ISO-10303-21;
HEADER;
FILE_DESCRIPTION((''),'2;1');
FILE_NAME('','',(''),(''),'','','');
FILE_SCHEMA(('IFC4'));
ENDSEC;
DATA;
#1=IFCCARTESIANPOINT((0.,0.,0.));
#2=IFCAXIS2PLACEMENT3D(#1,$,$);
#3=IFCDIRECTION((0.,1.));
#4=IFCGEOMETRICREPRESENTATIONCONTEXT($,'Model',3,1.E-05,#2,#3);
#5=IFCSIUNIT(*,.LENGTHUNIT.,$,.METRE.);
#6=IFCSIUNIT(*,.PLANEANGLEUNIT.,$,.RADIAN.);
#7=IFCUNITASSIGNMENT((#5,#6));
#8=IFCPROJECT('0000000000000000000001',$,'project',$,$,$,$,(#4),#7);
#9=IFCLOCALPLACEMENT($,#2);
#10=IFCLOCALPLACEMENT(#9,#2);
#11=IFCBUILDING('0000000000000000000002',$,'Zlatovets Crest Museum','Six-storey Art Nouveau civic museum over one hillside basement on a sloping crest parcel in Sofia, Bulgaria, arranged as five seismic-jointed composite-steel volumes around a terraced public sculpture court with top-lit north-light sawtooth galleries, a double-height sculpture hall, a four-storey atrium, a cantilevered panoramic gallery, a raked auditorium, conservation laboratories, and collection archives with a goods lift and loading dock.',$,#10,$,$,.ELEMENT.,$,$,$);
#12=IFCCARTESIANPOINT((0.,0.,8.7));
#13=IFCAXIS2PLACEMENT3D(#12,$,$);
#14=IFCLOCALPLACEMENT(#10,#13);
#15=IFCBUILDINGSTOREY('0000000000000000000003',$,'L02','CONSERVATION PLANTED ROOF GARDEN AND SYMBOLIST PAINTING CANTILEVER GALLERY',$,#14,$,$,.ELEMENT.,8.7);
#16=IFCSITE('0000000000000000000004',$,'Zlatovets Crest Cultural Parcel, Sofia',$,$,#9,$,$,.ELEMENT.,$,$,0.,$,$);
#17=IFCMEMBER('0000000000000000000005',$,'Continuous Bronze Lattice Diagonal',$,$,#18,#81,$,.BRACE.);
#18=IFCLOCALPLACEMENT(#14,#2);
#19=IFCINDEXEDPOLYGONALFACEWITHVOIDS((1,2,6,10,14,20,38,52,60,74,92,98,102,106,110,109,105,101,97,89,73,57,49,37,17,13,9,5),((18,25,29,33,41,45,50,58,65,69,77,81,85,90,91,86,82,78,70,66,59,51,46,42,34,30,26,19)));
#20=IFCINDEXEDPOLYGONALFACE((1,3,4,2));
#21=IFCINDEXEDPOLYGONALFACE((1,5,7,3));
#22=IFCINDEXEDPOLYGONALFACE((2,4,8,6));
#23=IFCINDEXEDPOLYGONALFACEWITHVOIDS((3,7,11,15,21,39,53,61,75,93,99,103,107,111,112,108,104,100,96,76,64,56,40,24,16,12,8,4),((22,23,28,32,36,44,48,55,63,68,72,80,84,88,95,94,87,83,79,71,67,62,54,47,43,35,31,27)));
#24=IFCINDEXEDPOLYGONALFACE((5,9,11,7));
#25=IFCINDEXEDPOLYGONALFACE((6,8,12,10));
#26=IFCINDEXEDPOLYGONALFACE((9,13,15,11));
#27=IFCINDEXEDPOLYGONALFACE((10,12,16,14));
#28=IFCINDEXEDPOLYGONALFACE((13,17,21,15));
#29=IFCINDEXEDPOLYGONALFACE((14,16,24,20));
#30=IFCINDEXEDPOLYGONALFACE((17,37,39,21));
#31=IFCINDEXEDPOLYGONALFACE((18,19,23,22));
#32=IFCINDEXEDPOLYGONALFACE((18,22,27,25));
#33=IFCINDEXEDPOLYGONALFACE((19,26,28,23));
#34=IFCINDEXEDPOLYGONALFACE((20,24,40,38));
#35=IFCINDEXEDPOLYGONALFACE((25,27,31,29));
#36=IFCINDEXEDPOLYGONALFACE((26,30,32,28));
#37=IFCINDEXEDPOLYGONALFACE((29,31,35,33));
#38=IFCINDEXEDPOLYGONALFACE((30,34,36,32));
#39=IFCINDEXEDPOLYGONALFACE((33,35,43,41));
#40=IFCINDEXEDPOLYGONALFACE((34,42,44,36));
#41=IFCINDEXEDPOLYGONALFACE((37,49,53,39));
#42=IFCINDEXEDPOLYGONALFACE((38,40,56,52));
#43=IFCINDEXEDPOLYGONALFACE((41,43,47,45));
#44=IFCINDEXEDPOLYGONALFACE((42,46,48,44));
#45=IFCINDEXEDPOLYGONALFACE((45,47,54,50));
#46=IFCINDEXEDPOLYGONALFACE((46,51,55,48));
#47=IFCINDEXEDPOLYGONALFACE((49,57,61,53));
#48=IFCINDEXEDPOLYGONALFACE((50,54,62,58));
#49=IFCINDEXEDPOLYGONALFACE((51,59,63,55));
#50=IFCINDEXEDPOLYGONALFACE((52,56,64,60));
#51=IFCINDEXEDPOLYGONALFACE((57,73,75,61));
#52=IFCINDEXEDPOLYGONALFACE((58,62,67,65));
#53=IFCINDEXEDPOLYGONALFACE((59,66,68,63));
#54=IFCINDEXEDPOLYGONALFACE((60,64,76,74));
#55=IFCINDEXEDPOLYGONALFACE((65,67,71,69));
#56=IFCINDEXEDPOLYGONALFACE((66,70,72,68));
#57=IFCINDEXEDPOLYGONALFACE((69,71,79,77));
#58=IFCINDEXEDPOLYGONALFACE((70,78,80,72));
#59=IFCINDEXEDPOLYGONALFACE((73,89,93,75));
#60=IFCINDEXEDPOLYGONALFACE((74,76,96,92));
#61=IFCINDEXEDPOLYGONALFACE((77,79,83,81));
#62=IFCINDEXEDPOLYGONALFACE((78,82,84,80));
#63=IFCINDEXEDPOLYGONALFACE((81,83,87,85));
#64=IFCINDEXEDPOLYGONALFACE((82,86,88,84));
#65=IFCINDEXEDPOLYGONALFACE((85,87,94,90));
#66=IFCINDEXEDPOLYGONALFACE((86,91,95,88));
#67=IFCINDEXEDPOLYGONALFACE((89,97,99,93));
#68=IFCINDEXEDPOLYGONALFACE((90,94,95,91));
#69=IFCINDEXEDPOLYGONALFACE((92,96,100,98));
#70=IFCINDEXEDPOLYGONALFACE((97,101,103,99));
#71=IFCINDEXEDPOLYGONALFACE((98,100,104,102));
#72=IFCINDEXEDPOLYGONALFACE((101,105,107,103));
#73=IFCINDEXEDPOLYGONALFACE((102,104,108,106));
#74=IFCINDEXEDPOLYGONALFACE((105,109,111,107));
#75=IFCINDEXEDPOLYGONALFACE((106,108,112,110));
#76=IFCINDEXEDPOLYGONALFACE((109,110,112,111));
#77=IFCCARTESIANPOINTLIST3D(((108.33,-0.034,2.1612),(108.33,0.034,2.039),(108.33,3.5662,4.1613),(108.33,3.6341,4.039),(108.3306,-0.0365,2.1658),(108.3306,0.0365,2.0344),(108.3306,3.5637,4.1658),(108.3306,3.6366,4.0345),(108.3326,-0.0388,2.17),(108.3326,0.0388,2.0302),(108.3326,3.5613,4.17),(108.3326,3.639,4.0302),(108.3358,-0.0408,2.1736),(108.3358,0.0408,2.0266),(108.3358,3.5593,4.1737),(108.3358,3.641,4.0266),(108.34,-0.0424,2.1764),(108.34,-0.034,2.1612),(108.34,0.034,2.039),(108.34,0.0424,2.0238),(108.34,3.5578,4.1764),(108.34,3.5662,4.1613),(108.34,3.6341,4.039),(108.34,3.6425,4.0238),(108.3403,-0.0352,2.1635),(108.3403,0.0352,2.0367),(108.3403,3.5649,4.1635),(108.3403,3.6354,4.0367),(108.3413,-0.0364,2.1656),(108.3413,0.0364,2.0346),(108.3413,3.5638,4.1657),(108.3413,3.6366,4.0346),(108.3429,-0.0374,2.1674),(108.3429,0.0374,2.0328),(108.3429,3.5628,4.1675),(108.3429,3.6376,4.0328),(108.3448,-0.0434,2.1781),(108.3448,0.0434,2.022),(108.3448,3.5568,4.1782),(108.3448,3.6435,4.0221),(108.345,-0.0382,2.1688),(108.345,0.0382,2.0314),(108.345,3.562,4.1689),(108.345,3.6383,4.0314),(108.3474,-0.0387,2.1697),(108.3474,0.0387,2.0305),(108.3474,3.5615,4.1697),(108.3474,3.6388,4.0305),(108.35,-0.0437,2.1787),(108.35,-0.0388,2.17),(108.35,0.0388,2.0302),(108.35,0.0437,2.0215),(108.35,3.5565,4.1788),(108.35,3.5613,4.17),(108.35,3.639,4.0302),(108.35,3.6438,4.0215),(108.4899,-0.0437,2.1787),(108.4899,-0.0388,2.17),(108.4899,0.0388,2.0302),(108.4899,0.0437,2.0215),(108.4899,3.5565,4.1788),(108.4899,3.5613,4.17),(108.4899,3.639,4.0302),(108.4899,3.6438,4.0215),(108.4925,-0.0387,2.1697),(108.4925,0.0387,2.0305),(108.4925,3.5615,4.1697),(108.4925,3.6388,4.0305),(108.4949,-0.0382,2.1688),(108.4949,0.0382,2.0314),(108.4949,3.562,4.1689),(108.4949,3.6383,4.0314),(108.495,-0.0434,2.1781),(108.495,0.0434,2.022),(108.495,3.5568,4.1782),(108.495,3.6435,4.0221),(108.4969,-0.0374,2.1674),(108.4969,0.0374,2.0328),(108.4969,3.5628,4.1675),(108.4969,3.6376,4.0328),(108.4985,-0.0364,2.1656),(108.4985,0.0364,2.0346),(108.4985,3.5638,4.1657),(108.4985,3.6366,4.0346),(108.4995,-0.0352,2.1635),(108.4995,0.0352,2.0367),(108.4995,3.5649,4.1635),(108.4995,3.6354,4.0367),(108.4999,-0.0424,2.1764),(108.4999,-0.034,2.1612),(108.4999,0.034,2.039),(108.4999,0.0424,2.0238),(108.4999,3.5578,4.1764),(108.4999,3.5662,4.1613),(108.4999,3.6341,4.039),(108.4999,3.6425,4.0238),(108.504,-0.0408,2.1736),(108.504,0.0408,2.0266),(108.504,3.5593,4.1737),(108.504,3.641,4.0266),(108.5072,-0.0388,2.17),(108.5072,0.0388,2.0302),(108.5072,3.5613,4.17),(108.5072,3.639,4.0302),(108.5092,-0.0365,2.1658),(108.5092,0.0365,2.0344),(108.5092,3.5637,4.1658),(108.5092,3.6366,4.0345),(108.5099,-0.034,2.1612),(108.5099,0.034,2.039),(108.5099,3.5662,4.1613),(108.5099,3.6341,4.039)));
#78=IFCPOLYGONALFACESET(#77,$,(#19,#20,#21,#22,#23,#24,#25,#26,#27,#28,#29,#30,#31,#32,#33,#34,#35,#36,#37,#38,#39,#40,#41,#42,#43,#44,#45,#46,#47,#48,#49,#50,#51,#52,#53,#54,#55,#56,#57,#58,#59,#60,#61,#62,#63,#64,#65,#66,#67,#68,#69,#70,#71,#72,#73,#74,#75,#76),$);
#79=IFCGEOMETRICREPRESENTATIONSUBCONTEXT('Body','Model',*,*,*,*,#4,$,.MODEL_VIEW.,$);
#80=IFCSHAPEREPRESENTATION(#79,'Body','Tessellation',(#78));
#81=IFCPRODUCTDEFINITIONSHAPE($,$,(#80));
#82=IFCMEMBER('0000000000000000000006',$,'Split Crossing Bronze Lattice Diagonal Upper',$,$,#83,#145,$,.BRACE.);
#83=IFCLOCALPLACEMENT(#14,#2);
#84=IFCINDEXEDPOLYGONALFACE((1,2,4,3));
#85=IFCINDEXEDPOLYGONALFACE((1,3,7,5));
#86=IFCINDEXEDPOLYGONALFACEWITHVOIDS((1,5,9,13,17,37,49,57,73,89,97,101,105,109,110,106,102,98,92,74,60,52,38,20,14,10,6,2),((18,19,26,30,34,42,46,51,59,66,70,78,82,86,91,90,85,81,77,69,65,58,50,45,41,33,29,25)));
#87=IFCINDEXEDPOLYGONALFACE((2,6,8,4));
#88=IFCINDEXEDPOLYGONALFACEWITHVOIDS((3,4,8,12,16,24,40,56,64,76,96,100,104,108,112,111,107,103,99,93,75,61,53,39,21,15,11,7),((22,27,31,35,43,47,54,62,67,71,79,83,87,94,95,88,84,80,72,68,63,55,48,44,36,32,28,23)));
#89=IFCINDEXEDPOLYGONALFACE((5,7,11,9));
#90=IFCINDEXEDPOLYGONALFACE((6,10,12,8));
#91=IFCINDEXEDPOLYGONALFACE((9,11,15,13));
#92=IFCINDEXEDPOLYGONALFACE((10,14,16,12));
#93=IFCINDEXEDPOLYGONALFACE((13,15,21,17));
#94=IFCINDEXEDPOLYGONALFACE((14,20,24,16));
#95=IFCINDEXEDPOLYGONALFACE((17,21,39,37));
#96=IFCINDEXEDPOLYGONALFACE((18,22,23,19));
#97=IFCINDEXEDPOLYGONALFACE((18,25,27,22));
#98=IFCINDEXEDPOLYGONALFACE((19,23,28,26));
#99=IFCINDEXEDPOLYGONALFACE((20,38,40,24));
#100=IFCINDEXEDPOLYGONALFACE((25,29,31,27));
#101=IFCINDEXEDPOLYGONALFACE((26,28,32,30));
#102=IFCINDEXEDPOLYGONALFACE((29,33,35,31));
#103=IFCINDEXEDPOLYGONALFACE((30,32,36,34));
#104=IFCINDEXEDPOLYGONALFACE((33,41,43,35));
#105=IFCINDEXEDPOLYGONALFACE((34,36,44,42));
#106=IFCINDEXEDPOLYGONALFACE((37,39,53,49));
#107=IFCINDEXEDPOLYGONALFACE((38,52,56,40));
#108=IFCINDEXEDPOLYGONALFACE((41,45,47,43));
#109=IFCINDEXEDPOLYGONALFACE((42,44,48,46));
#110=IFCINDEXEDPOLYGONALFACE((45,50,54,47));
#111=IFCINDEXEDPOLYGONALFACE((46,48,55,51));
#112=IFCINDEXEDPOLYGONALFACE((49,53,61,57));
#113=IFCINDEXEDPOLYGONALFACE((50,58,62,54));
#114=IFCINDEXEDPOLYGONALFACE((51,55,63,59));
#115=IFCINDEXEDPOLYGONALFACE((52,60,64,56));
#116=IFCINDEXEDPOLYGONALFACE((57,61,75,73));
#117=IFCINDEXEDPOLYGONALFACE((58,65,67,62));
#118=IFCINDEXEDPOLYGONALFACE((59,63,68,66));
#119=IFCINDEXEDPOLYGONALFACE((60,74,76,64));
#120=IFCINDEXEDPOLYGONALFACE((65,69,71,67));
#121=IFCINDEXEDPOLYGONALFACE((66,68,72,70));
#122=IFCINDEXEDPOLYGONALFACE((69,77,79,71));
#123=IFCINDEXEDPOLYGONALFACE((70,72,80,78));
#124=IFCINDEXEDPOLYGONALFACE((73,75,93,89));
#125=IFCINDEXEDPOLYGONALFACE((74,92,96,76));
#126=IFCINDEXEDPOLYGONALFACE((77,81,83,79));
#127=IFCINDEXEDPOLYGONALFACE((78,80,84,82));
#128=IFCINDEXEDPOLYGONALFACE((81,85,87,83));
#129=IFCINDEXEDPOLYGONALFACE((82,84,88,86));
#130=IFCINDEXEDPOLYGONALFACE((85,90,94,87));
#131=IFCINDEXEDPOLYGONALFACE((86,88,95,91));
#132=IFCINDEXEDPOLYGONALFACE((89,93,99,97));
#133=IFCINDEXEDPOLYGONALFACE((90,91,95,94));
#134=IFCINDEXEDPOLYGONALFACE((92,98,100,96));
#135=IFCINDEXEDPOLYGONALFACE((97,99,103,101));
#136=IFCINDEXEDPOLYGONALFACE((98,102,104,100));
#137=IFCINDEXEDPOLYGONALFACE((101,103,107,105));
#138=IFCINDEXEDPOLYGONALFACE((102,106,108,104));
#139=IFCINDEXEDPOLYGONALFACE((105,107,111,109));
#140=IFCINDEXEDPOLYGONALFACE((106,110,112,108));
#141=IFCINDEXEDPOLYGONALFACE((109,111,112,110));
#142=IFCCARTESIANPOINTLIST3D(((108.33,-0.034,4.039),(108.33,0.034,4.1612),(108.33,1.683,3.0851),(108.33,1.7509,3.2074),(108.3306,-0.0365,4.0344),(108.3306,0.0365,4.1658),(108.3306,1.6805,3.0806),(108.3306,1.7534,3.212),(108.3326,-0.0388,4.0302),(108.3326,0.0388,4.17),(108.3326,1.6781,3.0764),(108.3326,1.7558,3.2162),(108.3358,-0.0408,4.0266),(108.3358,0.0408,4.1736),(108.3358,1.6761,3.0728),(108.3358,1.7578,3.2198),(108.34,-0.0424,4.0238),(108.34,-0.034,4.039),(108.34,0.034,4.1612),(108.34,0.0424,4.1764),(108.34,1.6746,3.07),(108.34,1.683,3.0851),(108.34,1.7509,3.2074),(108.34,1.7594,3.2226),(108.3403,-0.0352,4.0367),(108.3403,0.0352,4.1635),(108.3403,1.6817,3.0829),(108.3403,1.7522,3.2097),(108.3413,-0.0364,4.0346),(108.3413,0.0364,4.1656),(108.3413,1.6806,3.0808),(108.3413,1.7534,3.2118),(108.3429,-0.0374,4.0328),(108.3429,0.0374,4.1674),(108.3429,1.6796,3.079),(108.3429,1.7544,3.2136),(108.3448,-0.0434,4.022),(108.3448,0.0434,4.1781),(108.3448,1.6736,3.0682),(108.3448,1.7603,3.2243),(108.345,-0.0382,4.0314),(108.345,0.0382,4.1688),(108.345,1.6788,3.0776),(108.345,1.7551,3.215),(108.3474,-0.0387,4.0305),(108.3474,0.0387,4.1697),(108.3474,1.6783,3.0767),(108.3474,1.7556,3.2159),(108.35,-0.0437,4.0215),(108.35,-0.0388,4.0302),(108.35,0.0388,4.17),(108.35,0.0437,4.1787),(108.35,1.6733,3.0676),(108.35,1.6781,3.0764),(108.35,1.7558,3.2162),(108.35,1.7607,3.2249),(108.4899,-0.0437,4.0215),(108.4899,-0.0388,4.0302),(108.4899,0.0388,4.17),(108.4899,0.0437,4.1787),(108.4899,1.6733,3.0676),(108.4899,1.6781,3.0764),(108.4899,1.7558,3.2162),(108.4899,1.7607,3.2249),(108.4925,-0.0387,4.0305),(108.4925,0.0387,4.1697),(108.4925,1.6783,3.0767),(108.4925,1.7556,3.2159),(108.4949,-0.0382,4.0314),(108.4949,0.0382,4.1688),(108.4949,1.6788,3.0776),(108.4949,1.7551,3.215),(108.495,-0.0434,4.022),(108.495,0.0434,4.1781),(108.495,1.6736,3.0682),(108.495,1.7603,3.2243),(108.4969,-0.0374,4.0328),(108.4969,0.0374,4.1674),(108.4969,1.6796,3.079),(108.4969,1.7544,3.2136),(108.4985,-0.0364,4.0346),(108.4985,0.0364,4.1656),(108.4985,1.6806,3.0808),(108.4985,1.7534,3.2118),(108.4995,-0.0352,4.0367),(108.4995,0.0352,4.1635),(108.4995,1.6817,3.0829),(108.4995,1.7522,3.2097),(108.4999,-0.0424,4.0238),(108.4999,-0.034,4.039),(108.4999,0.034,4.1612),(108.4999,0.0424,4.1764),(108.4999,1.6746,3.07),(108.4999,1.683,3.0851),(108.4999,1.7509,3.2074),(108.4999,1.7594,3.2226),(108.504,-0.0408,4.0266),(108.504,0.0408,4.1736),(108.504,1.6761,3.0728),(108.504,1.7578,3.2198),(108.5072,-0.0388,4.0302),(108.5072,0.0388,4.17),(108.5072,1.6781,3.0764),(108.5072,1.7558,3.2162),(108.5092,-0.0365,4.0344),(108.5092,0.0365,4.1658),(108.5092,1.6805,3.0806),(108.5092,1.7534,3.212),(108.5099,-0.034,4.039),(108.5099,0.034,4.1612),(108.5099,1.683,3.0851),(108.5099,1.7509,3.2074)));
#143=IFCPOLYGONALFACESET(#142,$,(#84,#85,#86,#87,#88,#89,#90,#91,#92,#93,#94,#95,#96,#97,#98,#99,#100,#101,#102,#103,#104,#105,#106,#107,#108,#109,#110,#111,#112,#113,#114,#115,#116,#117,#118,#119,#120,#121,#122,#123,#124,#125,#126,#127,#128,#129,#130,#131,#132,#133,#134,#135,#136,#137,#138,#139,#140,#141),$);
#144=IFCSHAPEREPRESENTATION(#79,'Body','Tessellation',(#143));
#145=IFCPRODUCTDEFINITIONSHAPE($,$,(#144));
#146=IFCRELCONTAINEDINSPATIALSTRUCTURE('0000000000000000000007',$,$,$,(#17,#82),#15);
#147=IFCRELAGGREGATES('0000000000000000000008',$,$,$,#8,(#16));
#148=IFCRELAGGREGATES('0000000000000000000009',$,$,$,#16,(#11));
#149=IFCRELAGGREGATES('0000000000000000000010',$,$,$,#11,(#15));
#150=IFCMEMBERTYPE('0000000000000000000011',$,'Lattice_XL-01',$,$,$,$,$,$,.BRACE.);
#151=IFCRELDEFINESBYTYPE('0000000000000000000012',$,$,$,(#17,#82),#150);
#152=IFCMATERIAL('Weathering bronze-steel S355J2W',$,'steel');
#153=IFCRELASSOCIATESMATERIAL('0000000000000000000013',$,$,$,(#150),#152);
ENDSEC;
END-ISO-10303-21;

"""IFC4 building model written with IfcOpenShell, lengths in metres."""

from ifc_helpers import new_model, si_unit, direction, frame, origin, origin_2d, place, context, subcontext, project, spatial, hollow_rectangle, extrude, material, material_profile, profile_set, type_object, element, save


model = new_model("IFC4")

# Units and contexts
model_context = context("Model", 3, precision=1e-05, world=origin(), true_north=direction((0.0, 1.0)))
body_context = subcontext(model_context, "Body", "Model", "MODEL_VIEW")
ifc_project = project(units=[si_unit("LENGTHUNIT", "METRE"), si_unit("PLANEANGLEUNIT", "RADIAN")], contexts=[model_context])

# Site, building, storey
site_placement = place(None, origin())
site = spatial("IfcSite", under=ifc_project, at=site_placement, Name="Zlatovets Crest Cultural Parcel, Sofia", CompositionType="ELEMENT", RefElevation=0.0)
building_placement = place(site_placement, origin())
building = spatial("IfcBuilding", under=site, at=building_placement, Name="Zlatovets Crest Museum", Description="Six-storey Art Nouveau civic museum over one hillside basement on a sloping crest parcel in Sofia, Bulgaria, arranged as five seismic-jointed composite-steel volumes around a terraced public sculpture court with top-lit north-light sawtooth galleries, a double-height sculpture hall, a four-storey atrium, a cantilevered panoramic gallery, a raked auditorium, conservation laboratories, and collection archives with a goods lift and loading dock.", CompositionType="ELEMENT")
storey_placement = place(building_placement, frame((0.0, 0.0, 8.7)))
storey = spatial("IfcBuildingStorey", under=building, at=storey_placement, Name="L02", Description="CONSERVATION PLANTED ROOF GARDEN AND SYMBOLIST PAINTING CANTILEVER GALLERY", CompositionType="ELEMENT", Elevation=8.7)

# Members
ifc_material_1 = material(Name="Weathering bronze-steel S355J2W", Category="steel")
ifc_material_profile_1 = material_profile(ifc_material_1, hollow_rectangle(XDim=0.1799, YDim=0.1799, WallThickness=0.01, InnerFilletRadius=0.01, OuterFilletRadius=0.02, at=origin_2d()), Name="SHS 180x180x10.0")
ifc_profile_set_1 = profile_set([ifc_material_profile_1], Name="Weathering bronze-steel S355J2W")
member_type_1 = type_object("IfcMemberType", Name="Lattice_XL-01", PredefinedType="BRACE", material=ifc_profile_set_1)
member_1_placement = place(storey_placement, frame((108.4199, 0.0, 2.1001), z_axis=(0.0, 0.874163, 0.485633), x_axis=(-1.0, 0.0, 0.0)))
element("IfcMember", 1, at=member_1_placement, inside=storey, type_object=member_type_1, Name="Continuous Bronze Lattice Diagonal", PredefinedType="BRACE", context=body_context, shape_type="SweptSolid", body=[
    extrude(hollow_rectangle(XDim=0.1799, YDim=0.1799, WallThickness=0.01, InnerFilletRadius=0.01, OuterFilletRadius=0.02, at=origin_2d()), origin(), (0.0, 0.0, 1.0), 4.1184),
])
for number, where, z_axis, x_axis, name in (
    (2, (108.4199, 0.0, 4.1001), (0.0, 0.874169, -0.485622), (-1.0, 0.0, 0.0), "Split Crossing Bronze Lattice Diagonal Upper"),
):
    element("IfcMember", number, at=place(storey_placement, frame(where, z_axis=z_axis, x_axis=x_axis)), inside=storey, type_object=member_type_1, Name=name, PredefinedType="BRACE", context=body_context, shape_type="SweptSolid", body=[
        extrude(hollow_rectangle(XDim=0.1799, YDim=0.1799, WallThickness=0.01, InnerFilletRadius=0.01, OuterFilletRadius=0.02, at=origin_2d()), origin(), (0.0, 0.0, 1.0), 1.9641),
    ])

save(model, "model.ifc")
